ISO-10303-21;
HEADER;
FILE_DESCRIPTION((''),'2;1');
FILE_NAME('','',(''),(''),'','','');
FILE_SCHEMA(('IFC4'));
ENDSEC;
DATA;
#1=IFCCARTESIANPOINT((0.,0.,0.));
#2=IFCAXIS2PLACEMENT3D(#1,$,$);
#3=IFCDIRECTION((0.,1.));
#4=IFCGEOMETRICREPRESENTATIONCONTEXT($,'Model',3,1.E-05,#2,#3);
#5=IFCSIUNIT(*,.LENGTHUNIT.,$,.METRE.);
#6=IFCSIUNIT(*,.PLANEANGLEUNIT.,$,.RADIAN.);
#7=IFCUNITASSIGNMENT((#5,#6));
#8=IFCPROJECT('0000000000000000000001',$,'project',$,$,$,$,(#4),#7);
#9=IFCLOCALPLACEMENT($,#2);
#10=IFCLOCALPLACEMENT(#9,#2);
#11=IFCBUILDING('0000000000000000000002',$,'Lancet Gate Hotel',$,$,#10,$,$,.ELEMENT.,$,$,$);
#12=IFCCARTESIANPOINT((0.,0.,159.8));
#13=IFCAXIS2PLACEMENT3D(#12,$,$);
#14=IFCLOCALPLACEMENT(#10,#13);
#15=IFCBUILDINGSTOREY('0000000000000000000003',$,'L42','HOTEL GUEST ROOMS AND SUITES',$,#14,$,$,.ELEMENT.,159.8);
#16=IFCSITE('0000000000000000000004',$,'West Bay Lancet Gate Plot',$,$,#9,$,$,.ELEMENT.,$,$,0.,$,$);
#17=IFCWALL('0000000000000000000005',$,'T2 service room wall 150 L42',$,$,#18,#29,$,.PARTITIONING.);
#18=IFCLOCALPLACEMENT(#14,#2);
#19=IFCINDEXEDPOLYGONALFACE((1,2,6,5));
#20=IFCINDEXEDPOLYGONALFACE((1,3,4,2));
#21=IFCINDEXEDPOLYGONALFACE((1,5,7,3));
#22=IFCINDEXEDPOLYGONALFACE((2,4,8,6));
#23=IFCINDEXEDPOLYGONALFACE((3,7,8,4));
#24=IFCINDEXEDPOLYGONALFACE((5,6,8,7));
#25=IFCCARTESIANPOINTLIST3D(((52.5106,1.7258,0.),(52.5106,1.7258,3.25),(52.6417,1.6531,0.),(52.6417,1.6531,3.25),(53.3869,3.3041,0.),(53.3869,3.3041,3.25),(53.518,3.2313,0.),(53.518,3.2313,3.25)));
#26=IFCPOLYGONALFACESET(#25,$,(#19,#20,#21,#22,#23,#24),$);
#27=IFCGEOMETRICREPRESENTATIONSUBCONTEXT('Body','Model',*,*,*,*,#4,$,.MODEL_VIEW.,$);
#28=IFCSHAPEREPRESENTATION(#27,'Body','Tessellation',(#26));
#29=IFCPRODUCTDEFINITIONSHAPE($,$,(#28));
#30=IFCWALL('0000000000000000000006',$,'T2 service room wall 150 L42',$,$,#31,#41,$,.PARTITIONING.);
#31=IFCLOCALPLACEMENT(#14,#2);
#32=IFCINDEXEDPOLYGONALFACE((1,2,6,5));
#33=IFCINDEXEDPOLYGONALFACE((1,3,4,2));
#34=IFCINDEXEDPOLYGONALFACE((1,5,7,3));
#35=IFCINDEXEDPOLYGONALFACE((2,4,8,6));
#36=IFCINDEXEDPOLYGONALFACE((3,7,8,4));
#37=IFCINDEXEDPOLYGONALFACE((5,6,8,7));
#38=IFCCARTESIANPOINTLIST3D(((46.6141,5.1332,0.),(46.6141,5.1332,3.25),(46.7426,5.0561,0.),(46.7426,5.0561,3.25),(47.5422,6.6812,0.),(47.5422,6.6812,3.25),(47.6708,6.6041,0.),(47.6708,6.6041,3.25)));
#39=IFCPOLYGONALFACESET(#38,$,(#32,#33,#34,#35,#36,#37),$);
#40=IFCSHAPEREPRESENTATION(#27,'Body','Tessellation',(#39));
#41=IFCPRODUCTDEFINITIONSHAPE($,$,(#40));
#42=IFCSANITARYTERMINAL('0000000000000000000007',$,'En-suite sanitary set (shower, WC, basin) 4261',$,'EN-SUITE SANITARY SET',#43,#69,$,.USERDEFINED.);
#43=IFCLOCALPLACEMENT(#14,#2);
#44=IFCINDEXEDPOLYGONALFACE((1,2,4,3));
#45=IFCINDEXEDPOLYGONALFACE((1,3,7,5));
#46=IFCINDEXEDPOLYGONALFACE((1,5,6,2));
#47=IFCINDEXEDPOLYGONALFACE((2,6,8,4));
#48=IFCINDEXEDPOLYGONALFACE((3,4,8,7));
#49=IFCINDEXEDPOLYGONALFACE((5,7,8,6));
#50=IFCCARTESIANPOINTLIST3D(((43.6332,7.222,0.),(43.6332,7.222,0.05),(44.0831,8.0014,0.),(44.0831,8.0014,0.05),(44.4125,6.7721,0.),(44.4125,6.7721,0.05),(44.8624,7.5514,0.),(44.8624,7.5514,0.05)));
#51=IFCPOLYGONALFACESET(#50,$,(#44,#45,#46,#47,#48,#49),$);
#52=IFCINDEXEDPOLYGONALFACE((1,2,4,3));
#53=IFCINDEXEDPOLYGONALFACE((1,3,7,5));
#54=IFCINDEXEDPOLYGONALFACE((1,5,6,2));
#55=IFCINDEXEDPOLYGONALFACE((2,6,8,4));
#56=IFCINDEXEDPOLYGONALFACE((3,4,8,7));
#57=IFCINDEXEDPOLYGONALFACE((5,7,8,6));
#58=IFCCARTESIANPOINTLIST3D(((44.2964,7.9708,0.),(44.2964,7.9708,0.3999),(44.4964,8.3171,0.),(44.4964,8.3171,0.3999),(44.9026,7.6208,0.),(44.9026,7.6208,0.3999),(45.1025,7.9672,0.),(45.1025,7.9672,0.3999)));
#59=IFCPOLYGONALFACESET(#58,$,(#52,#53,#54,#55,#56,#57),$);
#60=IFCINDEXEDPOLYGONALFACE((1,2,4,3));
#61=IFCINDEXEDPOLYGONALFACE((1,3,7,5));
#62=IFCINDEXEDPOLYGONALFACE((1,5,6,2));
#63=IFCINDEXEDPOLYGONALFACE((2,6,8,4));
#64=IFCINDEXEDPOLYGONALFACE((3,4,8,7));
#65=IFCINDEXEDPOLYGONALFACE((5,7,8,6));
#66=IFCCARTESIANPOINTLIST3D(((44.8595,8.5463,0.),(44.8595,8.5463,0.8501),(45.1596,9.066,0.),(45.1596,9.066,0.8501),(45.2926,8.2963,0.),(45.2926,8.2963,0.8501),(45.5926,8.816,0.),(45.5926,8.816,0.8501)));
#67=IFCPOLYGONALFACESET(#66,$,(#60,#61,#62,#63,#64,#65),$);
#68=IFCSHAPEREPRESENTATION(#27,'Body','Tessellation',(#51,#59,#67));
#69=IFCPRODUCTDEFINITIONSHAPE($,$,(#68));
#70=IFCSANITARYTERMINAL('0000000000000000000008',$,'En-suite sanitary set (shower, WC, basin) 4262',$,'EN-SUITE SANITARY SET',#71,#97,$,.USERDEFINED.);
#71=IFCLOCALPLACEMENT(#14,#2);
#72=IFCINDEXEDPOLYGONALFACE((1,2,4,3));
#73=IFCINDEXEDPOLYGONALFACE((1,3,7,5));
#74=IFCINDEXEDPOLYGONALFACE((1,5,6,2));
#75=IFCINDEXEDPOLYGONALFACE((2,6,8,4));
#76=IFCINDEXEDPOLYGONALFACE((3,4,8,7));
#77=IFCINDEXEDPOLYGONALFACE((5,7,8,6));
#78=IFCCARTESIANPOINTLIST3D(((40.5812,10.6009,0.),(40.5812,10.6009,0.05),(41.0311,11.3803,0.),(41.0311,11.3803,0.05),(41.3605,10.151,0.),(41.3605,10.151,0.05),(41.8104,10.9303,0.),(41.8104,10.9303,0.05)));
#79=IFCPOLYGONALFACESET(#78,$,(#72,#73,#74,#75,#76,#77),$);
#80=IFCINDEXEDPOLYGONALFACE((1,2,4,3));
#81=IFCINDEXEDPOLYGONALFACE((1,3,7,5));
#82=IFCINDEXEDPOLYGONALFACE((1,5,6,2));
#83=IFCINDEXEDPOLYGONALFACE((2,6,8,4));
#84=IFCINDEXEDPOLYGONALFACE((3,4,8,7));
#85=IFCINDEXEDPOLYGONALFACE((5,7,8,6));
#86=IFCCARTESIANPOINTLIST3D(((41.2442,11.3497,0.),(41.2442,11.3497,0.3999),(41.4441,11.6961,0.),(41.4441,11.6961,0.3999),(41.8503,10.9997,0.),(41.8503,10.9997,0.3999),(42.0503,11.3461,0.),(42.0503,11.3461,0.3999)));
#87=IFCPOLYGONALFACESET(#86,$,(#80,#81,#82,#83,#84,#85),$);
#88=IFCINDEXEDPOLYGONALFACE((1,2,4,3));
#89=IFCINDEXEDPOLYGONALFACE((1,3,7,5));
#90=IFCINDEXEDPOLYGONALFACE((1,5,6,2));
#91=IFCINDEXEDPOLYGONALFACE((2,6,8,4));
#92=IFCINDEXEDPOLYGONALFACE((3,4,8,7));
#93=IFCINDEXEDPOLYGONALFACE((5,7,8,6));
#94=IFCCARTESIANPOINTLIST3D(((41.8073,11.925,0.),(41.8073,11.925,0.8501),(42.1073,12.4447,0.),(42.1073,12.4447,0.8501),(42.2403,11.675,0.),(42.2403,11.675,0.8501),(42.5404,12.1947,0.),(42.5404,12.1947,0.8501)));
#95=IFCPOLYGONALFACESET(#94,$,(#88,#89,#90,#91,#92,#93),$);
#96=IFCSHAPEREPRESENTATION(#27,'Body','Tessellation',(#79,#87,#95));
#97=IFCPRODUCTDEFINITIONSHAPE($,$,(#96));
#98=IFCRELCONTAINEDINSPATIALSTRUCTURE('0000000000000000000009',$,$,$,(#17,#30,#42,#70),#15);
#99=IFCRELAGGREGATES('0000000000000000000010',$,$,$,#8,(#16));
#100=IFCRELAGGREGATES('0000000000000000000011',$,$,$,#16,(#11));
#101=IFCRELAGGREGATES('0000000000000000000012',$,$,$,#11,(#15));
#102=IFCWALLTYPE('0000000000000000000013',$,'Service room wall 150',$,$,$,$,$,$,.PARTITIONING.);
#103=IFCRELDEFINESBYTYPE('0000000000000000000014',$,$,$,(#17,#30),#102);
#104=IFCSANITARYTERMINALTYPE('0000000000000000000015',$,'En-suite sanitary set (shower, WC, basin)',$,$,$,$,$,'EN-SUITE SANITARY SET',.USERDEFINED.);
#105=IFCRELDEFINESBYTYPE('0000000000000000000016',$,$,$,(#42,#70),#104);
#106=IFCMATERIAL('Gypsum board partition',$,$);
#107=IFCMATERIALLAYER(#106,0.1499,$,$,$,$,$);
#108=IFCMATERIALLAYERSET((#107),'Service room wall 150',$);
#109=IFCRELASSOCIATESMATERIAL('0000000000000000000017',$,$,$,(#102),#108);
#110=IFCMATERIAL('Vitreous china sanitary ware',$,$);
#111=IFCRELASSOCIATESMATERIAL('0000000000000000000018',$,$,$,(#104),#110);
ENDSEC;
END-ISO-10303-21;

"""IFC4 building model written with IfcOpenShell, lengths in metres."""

from ifc_helpers import new_model, si_unit, direction, frame, frame_2d, origin, origin_2d, place, context, subcontext, project, spatial, rectangle, extrude, material, layer, layer_set, type_object, element, save


model = new_model("IFC4")

# Units and contexts
model_context = context("Model", 3, precision=1e-05, world=origin(), true_north=direction((0.0, 1.0)))
body_context = subcontext(model_context, "Body", "Model", "MODEL_VIEW")
ifc_project = project(units=[si_unit("LENGTHUNIT", "METRE"), si_unit("PLANEANGLEUNIT", "RADIAN")], contexts=[model_context])

# Site, building, storey
site_placement = place(None, origin())
site = spatial("IfcSite", under=ifc_project, at=site_placement, Name="West Bay Lancet Gate Plot", CompositionType="ELEMENT", RefElevation=0.0)
building_placement = place(site_placement, origin())
building = spatial("IfcBuilding", under=site, at=building_placement, Name="Lancet Gate Hotel", CompositionType="ELEMENT")
storey_placement = place(building_placement, frame((0.0, 0.0, 159.8)))
storey = spatial("IfcBuildingStorey", under=building, at=storey_placement, Name="L42", Description="HOTEL GUEST ROOMS AND SUITES", CompositionType="ELEMENT", Elevation=159.8)

# Walls
ifc_material_1 = material(Name="Gypsum board partition")
ifc_layer_1 = layer(ifc_material_1, 0.1499)
ifc_layer_set_1 = layer_set([ifc_layer_1], Name="Service room wall 150")
wall_type_1 = type_object("IfcWallType", Name="Service room wall 150", PredefinedType="PARTITIONING", material=ifc_layer_set_1)
wall_1_placement = place(storey_placement, frame((52.5762, 1.6895, 0.0), z_axis=(0.0, 0.0, 1.0), x_axis=(0.485425, 0.874278, 0.0)))
element("IfcWall", 1, at=wall_1_placement, inside=storey, type_object=wall_type_1, Name="T2 service room wall 150 L42", PredefinedType="PARTITIONING", context=body_context, shape_type="SweptSolid", body=[
    extrude(rectangle(XDim=1.8052, YDim=0.1499, at=frame_2d((0.9026, 0.0))), origin(), (0.0, 0.0, 1.0), 3.25),
])
wall_2_placement = place(storey_placement, frame((47.6064, 6.6426, 0.0), z_axis=(0.0, 0.0, 1.0), x_axis=(-0.514237, -0.857648, 0.0)))
element("IfcWall", 2, at=wall_2_placement, inside=storey, type_object=wall_type_1, Name="T2 service room wall 150 L42", PredefinedType="PARTITIONING", context=body_context, shape_type="SweptSolid", body=[
    extrude(rectangle(XDim=1.8049, YDim=0.1499, at=frame_2d((0.9023, 0.0))), origin(), (0.0, 0.0, 1.0), 3.25),
])

# Sanitary terminals
ifc_material_2 = material(Name="Vitreous china sanitary ware")
sanitary_terminal_type = type_object("IfcSanitaryTerminalType", Name="En-suite sanitary set (shower, WC, basin)", ElementType="EN-SUITE SANITARY SET", PredefinedType="USERDEFINED", material=ifc_material_2)
sanitary_terminal_1_placement = place(storey_placement, frame((44.2478, 7.3867, 0.0), z_axis=(0.0, 0.0, 1.0), x_axis=(1.0, 0.0, 0.0)))
element("IfcSanitaryTerminal", 3, at=sanitary_terminal_1_placement, inside=storey, type_object=sanitary_terminal_type, Name="En-suite sanitary set (shower, WC, basin) 4261", ObjectType="EN-SUITE SANITARY SET", PredefinedType="USERDEFINED", context=body_context, shape_type="SweptSolid", body=[
    extrude(rectangle(XDim=0.8999, YDim=0.8999, at=origin_2d()), frame((0.0, 0.0, 0.0), z_axis=(0.0, 0.0, 1.0), x_axis=(-0.5, -0.866025, 0.0)), (0.0, 0.0, 1.0), 0.05),
    extrude(rectangle(XDim=0.3999, YDim=0.7, at=origin_2d()), frame((0.4517, 0.5823, 0.0), z_axis=(0.0, 0.0, 1.0), x_axis=(-0.5, -0.866025, 0.0)), (0.0, 0.0, 1.0), 0.3999),
    extrude(rectangle(XDim=0.6001, YDim=0.5, at=origin_2d()), frame((0.9783, 1.2944, 0.0), z_axis=(0.0, 0.0, 1.0), x_axis=(-0.5, -0.866025, 0.0)), (0.0, 0.0, 1.0), 0.8501),
])
sanitary_terminal_2_placement = place(storey_placement, frame((41.1958, 10.7656, 0.0), z_axis=(0.0, 0.0, 1.0), x_axis=(1.0, 0.0, 0.0)))
element("IfcSanitaryTerminal", 4, at=sanitary_terminal_2_placement, inside=storey, type_object=sanitary_terminal_type, Name="En-suite sanitary set (shower, WC, basin) 4262", ObjectType="EN-SUITE SANITARY SET", PredefinedType="USERDEFINED", context=body_context, shape_type="SweptSolid", body=[
    extrude(rectangle(XDim=0.8999, YDim=0.8999, at=origin_2d()), frame((0.0, 0.0, 0.0), z_axis=(0.0, 0.0, 1.0), x_axis=(-0.5, -0.866025, 0.0)), (0.0, 0.0, 1.0), 0.05),
    extrude(rectangle(XDim=0.3999, YDim=0.7, at=origin_2d()), frame((0.4514, 0.5823, 0.0), z_axis=(0.0, 0.0, 1.0), x_axis=(-0.5, -0.866025, 0.0)), (0.0, 0.0, 1.0), 0.3999),
    extrude(rectangle(XDim=0.6001, YDim=0.5, at=origin_2d()), frame((0.978, 1.2942, 0.0), z_axis=(0.0, 0.0, 1.0), x_axis=(-0.5, -0.866025, 0.0)), (0.0, 0.0, 1.0), 0.8501),
])

save(model, "model.ifc")
